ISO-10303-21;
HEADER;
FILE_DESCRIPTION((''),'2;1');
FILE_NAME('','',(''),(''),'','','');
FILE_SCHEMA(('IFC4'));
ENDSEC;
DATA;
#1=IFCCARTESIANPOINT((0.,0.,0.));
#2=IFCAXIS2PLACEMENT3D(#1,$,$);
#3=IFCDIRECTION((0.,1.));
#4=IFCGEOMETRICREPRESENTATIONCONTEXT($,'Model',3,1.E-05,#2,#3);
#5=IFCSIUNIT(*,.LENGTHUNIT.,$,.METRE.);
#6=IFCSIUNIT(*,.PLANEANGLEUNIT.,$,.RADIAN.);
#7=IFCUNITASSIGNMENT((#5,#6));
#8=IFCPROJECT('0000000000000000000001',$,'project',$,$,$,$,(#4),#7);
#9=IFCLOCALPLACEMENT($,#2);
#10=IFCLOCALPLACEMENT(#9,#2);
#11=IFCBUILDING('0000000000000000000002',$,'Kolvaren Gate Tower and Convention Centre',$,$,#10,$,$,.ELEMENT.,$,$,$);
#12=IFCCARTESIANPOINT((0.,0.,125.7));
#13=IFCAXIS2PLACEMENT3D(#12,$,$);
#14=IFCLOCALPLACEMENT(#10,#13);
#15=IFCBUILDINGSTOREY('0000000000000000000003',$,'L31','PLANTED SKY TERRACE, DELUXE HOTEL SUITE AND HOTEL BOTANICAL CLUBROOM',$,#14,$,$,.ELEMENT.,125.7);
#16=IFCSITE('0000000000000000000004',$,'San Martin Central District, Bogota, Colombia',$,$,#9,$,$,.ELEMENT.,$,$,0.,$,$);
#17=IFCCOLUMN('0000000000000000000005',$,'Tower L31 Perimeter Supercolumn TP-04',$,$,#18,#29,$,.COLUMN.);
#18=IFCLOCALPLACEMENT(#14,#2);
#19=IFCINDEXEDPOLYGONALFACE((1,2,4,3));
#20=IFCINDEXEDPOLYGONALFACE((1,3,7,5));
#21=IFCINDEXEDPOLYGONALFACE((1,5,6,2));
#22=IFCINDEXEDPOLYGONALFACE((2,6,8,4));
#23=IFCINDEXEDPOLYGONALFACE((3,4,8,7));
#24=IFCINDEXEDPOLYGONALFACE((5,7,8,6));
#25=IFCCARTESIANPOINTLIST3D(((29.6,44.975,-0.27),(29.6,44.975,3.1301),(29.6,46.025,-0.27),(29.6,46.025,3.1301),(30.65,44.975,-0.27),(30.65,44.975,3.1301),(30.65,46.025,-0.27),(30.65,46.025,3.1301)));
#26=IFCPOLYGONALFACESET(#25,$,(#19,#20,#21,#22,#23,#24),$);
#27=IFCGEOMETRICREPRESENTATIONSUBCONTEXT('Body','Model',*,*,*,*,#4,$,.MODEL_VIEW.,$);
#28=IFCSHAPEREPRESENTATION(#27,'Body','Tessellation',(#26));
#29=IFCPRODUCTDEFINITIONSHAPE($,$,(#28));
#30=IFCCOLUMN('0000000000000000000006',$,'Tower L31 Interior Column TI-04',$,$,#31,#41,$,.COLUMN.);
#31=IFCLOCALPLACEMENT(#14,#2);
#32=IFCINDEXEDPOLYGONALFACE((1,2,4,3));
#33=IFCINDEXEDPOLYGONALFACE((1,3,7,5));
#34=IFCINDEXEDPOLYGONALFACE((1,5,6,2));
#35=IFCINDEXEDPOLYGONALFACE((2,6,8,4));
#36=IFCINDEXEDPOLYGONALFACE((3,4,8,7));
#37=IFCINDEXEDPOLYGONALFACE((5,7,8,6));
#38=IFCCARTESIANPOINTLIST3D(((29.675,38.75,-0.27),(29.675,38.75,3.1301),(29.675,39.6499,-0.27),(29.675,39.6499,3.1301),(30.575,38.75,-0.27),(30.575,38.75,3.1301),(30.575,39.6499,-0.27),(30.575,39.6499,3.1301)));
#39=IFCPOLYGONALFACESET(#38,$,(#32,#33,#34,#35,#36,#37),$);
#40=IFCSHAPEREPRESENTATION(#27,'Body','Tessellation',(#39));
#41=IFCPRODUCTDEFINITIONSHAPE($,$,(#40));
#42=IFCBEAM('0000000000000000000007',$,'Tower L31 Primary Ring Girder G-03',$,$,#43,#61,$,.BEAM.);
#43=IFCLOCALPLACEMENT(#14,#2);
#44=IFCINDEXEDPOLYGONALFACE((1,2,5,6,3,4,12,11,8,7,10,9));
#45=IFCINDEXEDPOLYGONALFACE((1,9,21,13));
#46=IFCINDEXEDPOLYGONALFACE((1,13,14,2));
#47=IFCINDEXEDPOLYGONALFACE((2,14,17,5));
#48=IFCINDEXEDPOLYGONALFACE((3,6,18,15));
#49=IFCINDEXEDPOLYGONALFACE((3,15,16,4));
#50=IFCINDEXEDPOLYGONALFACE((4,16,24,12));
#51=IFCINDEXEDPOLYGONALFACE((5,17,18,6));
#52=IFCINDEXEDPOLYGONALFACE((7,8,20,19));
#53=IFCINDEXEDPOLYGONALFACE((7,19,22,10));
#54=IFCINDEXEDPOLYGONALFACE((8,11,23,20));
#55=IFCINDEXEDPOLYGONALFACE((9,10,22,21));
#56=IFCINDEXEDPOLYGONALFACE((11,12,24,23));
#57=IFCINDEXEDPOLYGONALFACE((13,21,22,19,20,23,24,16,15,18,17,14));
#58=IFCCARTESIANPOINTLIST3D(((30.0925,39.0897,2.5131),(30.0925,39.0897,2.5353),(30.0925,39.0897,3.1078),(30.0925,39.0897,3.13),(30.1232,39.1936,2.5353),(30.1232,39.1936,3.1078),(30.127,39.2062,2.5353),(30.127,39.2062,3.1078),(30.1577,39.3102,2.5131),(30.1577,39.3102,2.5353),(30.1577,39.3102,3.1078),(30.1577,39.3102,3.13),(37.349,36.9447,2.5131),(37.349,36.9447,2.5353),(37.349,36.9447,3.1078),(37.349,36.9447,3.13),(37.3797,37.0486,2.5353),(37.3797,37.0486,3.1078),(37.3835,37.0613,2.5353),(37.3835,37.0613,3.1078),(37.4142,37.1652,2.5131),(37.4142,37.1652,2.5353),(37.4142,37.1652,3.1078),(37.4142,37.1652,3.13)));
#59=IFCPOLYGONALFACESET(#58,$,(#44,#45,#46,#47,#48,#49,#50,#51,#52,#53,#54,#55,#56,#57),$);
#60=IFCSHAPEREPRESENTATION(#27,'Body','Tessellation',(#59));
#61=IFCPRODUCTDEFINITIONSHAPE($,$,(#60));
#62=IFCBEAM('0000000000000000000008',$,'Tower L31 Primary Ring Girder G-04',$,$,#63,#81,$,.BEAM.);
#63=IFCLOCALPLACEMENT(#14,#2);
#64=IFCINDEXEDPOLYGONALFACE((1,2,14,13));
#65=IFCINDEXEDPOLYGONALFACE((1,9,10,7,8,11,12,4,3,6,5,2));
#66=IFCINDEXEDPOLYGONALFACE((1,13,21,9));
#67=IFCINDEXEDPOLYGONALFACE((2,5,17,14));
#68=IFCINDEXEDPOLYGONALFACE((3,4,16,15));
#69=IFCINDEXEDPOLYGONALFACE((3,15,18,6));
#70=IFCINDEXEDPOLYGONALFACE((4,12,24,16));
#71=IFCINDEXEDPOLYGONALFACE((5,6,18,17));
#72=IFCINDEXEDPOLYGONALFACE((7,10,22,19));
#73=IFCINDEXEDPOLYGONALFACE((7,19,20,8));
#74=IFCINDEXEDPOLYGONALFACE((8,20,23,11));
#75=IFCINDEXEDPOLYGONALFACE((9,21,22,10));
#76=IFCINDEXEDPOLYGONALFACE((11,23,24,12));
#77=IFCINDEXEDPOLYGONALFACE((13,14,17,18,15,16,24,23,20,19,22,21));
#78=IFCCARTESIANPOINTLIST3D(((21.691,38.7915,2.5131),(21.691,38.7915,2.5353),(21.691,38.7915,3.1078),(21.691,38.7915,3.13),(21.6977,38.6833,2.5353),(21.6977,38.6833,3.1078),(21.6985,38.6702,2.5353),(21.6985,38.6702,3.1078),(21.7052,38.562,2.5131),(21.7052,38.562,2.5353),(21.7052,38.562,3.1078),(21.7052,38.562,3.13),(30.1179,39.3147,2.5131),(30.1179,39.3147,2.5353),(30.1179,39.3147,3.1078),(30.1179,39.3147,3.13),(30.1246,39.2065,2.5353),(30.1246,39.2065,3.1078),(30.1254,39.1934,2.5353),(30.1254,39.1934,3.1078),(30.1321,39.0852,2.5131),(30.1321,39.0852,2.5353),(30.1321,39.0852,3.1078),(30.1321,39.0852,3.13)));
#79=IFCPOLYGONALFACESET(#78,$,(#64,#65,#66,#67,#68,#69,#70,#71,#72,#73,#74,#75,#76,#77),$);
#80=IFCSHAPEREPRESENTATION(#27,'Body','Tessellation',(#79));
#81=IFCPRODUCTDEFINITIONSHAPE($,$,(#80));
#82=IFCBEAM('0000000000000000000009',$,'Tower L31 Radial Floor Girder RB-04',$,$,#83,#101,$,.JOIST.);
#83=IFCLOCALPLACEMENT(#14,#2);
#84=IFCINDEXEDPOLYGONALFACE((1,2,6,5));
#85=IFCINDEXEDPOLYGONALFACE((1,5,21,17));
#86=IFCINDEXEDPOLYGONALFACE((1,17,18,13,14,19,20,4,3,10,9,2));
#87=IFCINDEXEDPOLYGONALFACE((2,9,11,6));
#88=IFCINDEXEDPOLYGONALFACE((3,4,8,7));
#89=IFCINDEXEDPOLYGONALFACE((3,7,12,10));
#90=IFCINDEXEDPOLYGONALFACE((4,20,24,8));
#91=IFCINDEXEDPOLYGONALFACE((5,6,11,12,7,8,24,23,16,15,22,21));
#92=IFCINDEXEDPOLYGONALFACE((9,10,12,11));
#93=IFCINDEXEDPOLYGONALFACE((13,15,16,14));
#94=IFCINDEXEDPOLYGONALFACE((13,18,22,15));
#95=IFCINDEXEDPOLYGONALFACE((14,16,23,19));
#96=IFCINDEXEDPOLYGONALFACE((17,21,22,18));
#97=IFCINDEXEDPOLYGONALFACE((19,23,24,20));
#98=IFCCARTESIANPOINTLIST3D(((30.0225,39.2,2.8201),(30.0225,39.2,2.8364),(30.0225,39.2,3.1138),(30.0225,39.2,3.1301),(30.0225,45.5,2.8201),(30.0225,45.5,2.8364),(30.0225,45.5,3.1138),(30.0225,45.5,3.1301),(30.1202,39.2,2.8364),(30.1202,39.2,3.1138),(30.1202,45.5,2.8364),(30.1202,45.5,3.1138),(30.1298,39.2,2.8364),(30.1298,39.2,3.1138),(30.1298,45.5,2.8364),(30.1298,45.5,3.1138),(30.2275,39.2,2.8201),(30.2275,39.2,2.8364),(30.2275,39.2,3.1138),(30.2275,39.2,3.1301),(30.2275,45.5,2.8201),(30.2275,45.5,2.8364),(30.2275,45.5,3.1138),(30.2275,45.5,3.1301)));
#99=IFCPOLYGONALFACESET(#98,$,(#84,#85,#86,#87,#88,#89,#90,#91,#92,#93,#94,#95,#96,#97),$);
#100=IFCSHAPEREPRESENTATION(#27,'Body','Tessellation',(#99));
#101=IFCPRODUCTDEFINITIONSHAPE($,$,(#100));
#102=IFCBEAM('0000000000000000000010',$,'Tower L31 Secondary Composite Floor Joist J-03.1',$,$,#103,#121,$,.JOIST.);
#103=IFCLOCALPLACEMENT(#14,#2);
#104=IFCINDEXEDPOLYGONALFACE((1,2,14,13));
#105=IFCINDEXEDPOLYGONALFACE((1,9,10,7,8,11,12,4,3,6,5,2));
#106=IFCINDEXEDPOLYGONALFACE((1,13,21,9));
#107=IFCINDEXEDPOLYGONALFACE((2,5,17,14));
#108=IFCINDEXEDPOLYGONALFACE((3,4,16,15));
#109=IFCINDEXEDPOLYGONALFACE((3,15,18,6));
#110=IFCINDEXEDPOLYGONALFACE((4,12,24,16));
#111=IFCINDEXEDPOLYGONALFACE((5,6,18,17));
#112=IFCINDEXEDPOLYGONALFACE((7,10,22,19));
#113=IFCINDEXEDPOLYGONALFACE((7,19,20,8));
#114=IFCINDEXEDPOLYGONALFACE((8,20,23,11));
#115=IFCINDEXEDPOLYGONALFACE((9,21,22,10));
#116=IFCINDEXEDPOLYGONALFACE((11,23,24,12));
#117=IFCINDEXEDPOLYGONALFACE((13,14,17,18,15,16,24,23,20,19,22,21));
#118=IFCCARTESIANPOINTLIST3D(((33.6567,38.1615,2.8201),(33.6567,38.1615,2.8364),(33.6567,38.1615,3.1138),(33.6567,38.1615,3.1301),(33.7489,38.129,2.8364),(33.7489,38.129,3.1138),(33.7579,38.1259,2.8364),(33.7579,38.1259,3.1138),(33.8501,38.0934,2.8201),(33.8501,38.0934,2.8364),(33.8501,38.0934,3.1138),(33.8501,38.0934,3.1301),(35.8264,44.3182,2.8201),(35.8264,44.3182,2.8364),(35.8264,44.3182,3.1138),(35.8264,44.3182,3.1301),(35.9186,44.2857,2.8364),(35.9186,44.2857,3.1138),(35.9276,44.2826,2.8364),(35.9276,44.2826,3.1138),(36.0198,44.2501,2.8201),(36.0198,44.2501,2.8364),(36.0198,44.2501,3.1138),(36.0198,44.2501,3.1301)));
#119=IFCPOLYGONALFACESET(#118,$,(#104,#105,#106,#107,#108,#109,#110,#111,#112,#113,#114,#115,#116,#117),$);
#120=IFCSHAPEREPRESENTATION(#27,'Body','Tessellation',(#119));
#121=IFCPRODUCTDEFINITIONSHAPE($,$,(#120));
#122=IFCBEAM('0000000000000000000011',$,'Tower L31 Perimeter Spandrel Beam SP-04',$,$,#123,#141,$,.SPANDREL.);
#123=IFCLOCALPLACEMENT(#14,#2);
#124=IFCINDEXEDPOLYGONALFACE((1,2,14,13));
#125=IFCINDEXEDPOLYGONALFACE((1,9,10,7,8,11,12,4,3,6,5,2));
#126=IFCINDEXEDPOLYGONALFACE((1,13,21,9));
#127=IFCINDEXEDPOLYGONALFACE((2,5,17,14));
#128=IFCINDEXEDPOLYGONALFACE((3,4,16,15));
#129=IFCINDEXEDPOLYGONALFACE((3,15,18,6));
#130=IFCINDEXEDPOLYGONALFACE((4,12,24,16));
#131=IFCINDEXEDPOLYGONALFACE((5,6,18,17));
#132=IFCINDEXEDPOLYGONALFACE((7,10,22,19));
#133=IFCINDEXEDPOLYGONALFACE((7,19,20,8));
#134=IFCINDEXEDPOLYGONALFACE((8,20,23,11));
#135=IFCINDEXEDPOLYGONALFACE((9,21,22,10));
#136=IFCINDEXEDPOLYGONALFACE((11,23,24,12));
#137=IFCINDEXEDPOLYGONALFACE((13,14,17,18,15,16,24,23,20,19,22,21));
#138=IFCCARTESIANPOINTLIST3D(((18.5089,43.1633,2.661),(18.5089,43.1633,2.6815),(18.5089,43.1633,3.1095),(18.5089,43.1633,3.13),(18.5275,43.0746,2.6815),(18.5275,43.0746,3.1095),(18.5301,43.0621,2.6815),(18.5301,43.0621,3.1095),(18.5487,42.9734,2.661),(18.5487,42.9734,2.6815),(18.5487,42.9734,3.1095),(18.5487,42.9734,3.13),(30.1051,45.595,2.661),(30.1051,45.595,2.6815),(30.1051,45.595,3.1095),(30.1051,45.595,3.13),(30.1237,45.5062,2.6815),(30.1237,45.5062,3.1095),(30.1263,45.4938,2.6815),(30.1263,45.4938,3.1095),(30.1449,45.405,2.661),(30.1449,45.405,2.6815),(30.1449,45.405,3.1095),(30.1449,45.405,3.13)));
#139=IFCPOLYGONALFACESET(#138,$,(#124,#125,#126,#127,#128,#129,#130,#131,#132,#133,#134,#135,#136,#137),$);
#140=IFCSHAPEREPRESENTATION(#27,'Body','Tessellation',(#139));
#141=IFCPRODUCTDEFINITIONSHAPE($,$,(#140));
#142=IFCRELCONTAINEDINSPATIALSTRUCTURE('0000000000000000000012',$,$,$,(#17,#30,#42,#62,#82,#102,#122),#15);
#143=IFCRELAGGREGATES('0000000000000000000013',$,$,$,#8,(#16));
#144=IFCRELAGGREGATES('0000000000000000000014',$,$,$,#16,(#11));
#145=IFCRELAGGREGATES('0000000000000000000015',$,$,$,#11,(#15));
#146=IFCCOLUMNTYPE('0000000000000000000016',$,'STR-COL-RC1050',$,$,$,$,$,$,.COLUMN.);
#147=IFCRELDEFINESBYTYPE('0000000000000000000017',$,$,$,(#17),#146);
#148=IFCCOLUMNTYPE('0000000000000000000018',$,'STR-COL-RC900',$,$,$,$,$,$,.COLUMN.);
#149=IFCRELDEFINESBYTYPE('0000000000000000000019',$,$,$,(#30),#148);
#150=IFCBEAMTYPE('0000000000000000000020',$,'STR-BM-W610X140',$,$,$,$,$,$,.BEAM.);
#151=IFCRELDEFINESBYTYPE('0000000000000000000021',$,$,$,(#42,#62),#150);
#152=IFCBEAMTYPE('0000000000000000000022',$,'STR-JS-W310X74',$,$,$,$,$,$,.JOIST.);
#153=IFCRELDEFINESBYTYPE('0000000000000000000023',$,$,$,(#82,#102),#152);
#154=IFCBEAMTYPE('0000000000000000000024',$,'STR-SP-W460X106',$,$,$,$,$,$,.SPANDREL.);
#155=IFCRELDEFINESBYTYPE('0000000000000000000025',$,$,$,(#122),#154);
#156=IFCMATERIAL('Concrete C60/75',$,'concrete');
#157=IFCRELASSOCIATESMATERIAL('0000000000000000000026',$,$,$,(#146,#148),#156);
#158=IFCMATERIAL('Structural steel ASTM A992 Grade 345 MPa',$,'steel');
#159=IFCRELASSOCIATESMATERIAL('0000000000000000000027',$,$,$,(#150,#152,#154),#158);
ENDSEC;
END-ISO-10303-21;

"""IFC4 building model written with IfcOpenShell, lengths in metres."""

from ifc_helpers import new_model, si_unit, direction, frame, origin, origin_2d, place, context, subcontext, project, spatial, rectangle, i_section, extrude, material, material_profile, profile_set, type_object, element, save


model = new_model("IFC4")

# Units and contexts
model_context = context("Model", 3, precision=1e-05, world=origin(), true_north=direction((0.0, 1.0)))
body_context = subcontext(model_context, "Body", "Model", "MODEL_VIEW")
ifc_project = project(units=[si_unit("LENGTHUNIT", "METRE"), si_unit("PLANEANGLEUNIT", "RADIAN")], contexts=[model_context])

# Site, building, storey
site_placement = place(None, origin())
site = spatial("IfcSite", under=ifc_project, at=site_placement, Name="San Martin Central District, Bogota, Colombia", CompositionType="ELEMENT", RefElevation=0.0)
building_placement = place(site_placement, origin())
building = spatial("IfcBuilding", under=site, at=building_placement, Name="Kolvaren Gate Tower and Convention Centre", CompositionType="ELEMENT")
storey_placement = place(building_placement, frame((0.0, 0.0, 125.7)))
storey = spatial("IfcBuildingStorey", under=building, at=storey_placement, Name="L31", Description="PLANTED SKY TERRACE, DELUXE HOTEL SUITE AND HOTEL BOTANICAL CLUBROOM", CompositionType="ELEMENT", Elevation=125.7)

# Columns
ifc_material_1 = material(Name="Concrete C60/75", Category="concrete")
ifc_material_profile_1 = material_profile(ifc_material_1, rectangle(XDim=1.05, YDim=1.05, at=origin_2d()), Name="RC-COL-1050X1050")
ifc_profile_set_1 = profile_set([ifc_material_profile_1], Name="Concrete C60/75")
column_type_1 = type_object("IfcColumnType", Name="STR-COL-RC1050", PredefinedType="COLUMN", material=ifc_profile_set_1)
column_1_placement = place(storey_placement, frame((30.125, 45.5, -0.27), z_axis=(0.0, 0.0, 1.0), x_axis=(1.0, 0.0, 0.0)))
element("IfcColumn", 1, at=column_1_placement, inside=storey, type_object=column_type_1, Name="Tower L31 Perimeter Supercolumn TP-04", PredefinedType="COLUMN", context=body_context, shape_type="SweptSolid", body=[
    extrude(rectangle(XDim=1.05, YDim=1.05, at=origin_2d()), origin(), (0.0, 0.0, 1.0), 3.4001),
])
ifc_material_profile_2 = material_profile(ifc_material_1, rectangle(XDim=0.8999, YDim=0.8999, at=origin_2d()), Name="RC-COL-900X900")
ifc_profile_set_2 = profile_set([ifc_material_profile_2], Name="Concrete C60/75")
column_type_2 = type_object("IfcColumnType", Name="STR-COL-RC900", PredefinedType="COLUMN", material=ifc_profile_set_2)
column_2_placement = place(storey_placement, frame((30.125, 39.2, -0.27), z_axis=(0.0, 0.0, 1.0), x_axis=(1.0, 0.0, 0.0)))
element("IfcColumn", 2, at=column_2_placement, inside=storey, type_object=column_type_2, Name="Tower L31 Interior Column TI-04", PredefinedType="COLUMN", context=body_context, shape_type="SweptSolid", body=[
    extrude(rectangle(XDim=0.8999, YDim=0.8999, at=origin_2d()), origin(), (0.0, 0.0, 1.0), 3.4001),
])

# Beams
ifc_material_2 = material(Name="Structural steel ASTM A992 Grade 345 MPa", Category="steel")
ifc_material_profile_3 = material_profile(ifc_material_2, i_section(OverallWidth=0.23, OverallDepth=0.6169, WebThickness=0.0132, FlangeThickness=0.0222, at=origin_2d()), Name="W610X140")
ifc_profile_set_3 = profile_set([ifc_material_profile_3], Name="Structural steel ASTM A992 Grade 345 MPa")
beam_type_1 = type_object("IfcBeamType", Name="STR-BM-W610X140", PredefinedType="BEAM", material=ifc_profile_set_3)
beam_1_placement = place(storey_placement, frame((37.3816, 37.0549, 2.8215), z_axis=(-0.958981, 0.283471, 0.0), x_axis=(-0.283471, -0.958981, 0.0)))
element("IfcBeam", 3, at=beam_1_placement, inside=storey, type_object=beam_type_1, Name="Tower L31 Primary Ring Girder G-03", PredefinedType="BEAM", context=body_context, shape_type="SweptSolid", body=[
    extrude(i_section(OverallWidth=0.23, OverallDepth=0.6169, WebThickness=0.0132, FlangeThickness=0.0222, at=origin_2d()), origin(), (0.0, 0.0, 1.0), 7.5669),
])
beam_2_placement = place(storey_placement, frame((30.125, 39.2, 2.8215), z_axis=(-0.998078, -0.061966, 0.0), x_axis=(0.061966, -0.998078, 0.0)))
element("IfcBeam", 4, at=beam_2_placement, inside=storey, type_object=beam_type_1, Name="Tower L31 Primary Ring Girder G-04", PredefinedType="BEAM", context=body_context, shape_type="SweptSolid", body=[
    extrude(i_section(OverallWidth=0.23, OverallDepth=0.6169, WebThickness=0.0132, FlangeThickness=0.0222, at=origin_2d()), origin(), (0.0, 0.0, 1.0), 8.4431),
])
ifc_material_profile_4 = material_profile(ifc_material_2, i_section(OverallWidth=0.2051, OverallDepth=0.3101, WebThickness=0.0095, FlangeThickness=0.0164, at=origin_2d()), Name="W310X74")
ifc_profile_set_4 = profile_set([ifc_material_profile_4], Name="Structural steel ASTM A992 Grade 345 MPa")
beam_type_2 = type_object("IfcBeamType", Name="STR-JS-W310X74", PredefinedType="JOIST", material=ifc_profile_set_4)
beam_3_placement = place(storey_placement, frame((30.125, 39.2, 2.9751), z_axis=(0.0, 1.0, 0.0), x_axis=(-1.0, 0.0, 0.0)))
element("IfcBeam", 5, at=beam_3_placement, inside=storey, type_object=beam_type_2, Name="Tower L31 Radial Floor Girder RB-04", PredefinedType="JOIST", context=body_context, shape_type="SweptSolid", body=[
    extrude(i_section(OverallWidth=0.2051, OverallDepth=0.3101, WebThickness=0.0095, FlangeThickness=0.0164, at=origin_2d()), origin(), (0.0, 0.0, 1.0), 6.3),
])
beam_4_placement = place(storey_placement, frame((33.7534, 38.1274, 2.9751), z_axis=(0.332372, 0.943148, 0.0), x_axis=(-0.943148, 0.332372, 0.0)))
element("IfcBeam", 6, at=beam_4_placement, inside=storey, type_object=beam_type_2, Name="Tower L31 Secondary Composite Floor Joist J-03.1", PredefinedType="JOIST", context=body_context, shape_type="SweptSolid", body=[
    extrude(i_section(OverallWidth=0.2051, OverallDepth=0.3101, WebThickness=0.0095, FlangeThickness=0.0164, at=origin_2d()), origin(), (0.0, 0.0, 1.0), 6.5278),
])
ifc_material_profile_5 = material_profile(ifc_material_2, i_section(OverallWidth=0.1941, OverallDepth=0.469, WebThickness=0.0127, FlangeThickness=0.0205, at=origin_2d()), Name="W460X106")
ifc_profile_set_5 = profile_set([ifc_material_profile_5], Name="Structural steel ASTM A992 Grade 345 MPa")
beam_type_3 = type_object("IfcBeamType", Name="STR-SP-W460X106", PredefinedType="SPANDREL", material=ifc_profile_set_5)
beam_5_placement = place(storey_placement, frame((30.125, 45.5, 2.8955), z_axis=(-0.978714, -0.205229, 0.0), x_axis=(0.205229, -0.978714, 0.0)))
element("IfcBeam", 7, at=beam_5_placement, inside=storey, type_object=beam_type_3, Name="Tower L31 Perimeter Spandrel Beam SP-04", PredefinedType="SPANDREL", context=body_context, shape_type="SweptSolid", body=[
    extrude(i_section(OverallWidth=0.1941, OverallDepth=0.469, WebThickness=0.0127, FlangeThickness=0.0205, at=origin_2d()), origin(), (0.0, 0.0, 1.0), 11.8484),
])

save(model, "model.ifc")
